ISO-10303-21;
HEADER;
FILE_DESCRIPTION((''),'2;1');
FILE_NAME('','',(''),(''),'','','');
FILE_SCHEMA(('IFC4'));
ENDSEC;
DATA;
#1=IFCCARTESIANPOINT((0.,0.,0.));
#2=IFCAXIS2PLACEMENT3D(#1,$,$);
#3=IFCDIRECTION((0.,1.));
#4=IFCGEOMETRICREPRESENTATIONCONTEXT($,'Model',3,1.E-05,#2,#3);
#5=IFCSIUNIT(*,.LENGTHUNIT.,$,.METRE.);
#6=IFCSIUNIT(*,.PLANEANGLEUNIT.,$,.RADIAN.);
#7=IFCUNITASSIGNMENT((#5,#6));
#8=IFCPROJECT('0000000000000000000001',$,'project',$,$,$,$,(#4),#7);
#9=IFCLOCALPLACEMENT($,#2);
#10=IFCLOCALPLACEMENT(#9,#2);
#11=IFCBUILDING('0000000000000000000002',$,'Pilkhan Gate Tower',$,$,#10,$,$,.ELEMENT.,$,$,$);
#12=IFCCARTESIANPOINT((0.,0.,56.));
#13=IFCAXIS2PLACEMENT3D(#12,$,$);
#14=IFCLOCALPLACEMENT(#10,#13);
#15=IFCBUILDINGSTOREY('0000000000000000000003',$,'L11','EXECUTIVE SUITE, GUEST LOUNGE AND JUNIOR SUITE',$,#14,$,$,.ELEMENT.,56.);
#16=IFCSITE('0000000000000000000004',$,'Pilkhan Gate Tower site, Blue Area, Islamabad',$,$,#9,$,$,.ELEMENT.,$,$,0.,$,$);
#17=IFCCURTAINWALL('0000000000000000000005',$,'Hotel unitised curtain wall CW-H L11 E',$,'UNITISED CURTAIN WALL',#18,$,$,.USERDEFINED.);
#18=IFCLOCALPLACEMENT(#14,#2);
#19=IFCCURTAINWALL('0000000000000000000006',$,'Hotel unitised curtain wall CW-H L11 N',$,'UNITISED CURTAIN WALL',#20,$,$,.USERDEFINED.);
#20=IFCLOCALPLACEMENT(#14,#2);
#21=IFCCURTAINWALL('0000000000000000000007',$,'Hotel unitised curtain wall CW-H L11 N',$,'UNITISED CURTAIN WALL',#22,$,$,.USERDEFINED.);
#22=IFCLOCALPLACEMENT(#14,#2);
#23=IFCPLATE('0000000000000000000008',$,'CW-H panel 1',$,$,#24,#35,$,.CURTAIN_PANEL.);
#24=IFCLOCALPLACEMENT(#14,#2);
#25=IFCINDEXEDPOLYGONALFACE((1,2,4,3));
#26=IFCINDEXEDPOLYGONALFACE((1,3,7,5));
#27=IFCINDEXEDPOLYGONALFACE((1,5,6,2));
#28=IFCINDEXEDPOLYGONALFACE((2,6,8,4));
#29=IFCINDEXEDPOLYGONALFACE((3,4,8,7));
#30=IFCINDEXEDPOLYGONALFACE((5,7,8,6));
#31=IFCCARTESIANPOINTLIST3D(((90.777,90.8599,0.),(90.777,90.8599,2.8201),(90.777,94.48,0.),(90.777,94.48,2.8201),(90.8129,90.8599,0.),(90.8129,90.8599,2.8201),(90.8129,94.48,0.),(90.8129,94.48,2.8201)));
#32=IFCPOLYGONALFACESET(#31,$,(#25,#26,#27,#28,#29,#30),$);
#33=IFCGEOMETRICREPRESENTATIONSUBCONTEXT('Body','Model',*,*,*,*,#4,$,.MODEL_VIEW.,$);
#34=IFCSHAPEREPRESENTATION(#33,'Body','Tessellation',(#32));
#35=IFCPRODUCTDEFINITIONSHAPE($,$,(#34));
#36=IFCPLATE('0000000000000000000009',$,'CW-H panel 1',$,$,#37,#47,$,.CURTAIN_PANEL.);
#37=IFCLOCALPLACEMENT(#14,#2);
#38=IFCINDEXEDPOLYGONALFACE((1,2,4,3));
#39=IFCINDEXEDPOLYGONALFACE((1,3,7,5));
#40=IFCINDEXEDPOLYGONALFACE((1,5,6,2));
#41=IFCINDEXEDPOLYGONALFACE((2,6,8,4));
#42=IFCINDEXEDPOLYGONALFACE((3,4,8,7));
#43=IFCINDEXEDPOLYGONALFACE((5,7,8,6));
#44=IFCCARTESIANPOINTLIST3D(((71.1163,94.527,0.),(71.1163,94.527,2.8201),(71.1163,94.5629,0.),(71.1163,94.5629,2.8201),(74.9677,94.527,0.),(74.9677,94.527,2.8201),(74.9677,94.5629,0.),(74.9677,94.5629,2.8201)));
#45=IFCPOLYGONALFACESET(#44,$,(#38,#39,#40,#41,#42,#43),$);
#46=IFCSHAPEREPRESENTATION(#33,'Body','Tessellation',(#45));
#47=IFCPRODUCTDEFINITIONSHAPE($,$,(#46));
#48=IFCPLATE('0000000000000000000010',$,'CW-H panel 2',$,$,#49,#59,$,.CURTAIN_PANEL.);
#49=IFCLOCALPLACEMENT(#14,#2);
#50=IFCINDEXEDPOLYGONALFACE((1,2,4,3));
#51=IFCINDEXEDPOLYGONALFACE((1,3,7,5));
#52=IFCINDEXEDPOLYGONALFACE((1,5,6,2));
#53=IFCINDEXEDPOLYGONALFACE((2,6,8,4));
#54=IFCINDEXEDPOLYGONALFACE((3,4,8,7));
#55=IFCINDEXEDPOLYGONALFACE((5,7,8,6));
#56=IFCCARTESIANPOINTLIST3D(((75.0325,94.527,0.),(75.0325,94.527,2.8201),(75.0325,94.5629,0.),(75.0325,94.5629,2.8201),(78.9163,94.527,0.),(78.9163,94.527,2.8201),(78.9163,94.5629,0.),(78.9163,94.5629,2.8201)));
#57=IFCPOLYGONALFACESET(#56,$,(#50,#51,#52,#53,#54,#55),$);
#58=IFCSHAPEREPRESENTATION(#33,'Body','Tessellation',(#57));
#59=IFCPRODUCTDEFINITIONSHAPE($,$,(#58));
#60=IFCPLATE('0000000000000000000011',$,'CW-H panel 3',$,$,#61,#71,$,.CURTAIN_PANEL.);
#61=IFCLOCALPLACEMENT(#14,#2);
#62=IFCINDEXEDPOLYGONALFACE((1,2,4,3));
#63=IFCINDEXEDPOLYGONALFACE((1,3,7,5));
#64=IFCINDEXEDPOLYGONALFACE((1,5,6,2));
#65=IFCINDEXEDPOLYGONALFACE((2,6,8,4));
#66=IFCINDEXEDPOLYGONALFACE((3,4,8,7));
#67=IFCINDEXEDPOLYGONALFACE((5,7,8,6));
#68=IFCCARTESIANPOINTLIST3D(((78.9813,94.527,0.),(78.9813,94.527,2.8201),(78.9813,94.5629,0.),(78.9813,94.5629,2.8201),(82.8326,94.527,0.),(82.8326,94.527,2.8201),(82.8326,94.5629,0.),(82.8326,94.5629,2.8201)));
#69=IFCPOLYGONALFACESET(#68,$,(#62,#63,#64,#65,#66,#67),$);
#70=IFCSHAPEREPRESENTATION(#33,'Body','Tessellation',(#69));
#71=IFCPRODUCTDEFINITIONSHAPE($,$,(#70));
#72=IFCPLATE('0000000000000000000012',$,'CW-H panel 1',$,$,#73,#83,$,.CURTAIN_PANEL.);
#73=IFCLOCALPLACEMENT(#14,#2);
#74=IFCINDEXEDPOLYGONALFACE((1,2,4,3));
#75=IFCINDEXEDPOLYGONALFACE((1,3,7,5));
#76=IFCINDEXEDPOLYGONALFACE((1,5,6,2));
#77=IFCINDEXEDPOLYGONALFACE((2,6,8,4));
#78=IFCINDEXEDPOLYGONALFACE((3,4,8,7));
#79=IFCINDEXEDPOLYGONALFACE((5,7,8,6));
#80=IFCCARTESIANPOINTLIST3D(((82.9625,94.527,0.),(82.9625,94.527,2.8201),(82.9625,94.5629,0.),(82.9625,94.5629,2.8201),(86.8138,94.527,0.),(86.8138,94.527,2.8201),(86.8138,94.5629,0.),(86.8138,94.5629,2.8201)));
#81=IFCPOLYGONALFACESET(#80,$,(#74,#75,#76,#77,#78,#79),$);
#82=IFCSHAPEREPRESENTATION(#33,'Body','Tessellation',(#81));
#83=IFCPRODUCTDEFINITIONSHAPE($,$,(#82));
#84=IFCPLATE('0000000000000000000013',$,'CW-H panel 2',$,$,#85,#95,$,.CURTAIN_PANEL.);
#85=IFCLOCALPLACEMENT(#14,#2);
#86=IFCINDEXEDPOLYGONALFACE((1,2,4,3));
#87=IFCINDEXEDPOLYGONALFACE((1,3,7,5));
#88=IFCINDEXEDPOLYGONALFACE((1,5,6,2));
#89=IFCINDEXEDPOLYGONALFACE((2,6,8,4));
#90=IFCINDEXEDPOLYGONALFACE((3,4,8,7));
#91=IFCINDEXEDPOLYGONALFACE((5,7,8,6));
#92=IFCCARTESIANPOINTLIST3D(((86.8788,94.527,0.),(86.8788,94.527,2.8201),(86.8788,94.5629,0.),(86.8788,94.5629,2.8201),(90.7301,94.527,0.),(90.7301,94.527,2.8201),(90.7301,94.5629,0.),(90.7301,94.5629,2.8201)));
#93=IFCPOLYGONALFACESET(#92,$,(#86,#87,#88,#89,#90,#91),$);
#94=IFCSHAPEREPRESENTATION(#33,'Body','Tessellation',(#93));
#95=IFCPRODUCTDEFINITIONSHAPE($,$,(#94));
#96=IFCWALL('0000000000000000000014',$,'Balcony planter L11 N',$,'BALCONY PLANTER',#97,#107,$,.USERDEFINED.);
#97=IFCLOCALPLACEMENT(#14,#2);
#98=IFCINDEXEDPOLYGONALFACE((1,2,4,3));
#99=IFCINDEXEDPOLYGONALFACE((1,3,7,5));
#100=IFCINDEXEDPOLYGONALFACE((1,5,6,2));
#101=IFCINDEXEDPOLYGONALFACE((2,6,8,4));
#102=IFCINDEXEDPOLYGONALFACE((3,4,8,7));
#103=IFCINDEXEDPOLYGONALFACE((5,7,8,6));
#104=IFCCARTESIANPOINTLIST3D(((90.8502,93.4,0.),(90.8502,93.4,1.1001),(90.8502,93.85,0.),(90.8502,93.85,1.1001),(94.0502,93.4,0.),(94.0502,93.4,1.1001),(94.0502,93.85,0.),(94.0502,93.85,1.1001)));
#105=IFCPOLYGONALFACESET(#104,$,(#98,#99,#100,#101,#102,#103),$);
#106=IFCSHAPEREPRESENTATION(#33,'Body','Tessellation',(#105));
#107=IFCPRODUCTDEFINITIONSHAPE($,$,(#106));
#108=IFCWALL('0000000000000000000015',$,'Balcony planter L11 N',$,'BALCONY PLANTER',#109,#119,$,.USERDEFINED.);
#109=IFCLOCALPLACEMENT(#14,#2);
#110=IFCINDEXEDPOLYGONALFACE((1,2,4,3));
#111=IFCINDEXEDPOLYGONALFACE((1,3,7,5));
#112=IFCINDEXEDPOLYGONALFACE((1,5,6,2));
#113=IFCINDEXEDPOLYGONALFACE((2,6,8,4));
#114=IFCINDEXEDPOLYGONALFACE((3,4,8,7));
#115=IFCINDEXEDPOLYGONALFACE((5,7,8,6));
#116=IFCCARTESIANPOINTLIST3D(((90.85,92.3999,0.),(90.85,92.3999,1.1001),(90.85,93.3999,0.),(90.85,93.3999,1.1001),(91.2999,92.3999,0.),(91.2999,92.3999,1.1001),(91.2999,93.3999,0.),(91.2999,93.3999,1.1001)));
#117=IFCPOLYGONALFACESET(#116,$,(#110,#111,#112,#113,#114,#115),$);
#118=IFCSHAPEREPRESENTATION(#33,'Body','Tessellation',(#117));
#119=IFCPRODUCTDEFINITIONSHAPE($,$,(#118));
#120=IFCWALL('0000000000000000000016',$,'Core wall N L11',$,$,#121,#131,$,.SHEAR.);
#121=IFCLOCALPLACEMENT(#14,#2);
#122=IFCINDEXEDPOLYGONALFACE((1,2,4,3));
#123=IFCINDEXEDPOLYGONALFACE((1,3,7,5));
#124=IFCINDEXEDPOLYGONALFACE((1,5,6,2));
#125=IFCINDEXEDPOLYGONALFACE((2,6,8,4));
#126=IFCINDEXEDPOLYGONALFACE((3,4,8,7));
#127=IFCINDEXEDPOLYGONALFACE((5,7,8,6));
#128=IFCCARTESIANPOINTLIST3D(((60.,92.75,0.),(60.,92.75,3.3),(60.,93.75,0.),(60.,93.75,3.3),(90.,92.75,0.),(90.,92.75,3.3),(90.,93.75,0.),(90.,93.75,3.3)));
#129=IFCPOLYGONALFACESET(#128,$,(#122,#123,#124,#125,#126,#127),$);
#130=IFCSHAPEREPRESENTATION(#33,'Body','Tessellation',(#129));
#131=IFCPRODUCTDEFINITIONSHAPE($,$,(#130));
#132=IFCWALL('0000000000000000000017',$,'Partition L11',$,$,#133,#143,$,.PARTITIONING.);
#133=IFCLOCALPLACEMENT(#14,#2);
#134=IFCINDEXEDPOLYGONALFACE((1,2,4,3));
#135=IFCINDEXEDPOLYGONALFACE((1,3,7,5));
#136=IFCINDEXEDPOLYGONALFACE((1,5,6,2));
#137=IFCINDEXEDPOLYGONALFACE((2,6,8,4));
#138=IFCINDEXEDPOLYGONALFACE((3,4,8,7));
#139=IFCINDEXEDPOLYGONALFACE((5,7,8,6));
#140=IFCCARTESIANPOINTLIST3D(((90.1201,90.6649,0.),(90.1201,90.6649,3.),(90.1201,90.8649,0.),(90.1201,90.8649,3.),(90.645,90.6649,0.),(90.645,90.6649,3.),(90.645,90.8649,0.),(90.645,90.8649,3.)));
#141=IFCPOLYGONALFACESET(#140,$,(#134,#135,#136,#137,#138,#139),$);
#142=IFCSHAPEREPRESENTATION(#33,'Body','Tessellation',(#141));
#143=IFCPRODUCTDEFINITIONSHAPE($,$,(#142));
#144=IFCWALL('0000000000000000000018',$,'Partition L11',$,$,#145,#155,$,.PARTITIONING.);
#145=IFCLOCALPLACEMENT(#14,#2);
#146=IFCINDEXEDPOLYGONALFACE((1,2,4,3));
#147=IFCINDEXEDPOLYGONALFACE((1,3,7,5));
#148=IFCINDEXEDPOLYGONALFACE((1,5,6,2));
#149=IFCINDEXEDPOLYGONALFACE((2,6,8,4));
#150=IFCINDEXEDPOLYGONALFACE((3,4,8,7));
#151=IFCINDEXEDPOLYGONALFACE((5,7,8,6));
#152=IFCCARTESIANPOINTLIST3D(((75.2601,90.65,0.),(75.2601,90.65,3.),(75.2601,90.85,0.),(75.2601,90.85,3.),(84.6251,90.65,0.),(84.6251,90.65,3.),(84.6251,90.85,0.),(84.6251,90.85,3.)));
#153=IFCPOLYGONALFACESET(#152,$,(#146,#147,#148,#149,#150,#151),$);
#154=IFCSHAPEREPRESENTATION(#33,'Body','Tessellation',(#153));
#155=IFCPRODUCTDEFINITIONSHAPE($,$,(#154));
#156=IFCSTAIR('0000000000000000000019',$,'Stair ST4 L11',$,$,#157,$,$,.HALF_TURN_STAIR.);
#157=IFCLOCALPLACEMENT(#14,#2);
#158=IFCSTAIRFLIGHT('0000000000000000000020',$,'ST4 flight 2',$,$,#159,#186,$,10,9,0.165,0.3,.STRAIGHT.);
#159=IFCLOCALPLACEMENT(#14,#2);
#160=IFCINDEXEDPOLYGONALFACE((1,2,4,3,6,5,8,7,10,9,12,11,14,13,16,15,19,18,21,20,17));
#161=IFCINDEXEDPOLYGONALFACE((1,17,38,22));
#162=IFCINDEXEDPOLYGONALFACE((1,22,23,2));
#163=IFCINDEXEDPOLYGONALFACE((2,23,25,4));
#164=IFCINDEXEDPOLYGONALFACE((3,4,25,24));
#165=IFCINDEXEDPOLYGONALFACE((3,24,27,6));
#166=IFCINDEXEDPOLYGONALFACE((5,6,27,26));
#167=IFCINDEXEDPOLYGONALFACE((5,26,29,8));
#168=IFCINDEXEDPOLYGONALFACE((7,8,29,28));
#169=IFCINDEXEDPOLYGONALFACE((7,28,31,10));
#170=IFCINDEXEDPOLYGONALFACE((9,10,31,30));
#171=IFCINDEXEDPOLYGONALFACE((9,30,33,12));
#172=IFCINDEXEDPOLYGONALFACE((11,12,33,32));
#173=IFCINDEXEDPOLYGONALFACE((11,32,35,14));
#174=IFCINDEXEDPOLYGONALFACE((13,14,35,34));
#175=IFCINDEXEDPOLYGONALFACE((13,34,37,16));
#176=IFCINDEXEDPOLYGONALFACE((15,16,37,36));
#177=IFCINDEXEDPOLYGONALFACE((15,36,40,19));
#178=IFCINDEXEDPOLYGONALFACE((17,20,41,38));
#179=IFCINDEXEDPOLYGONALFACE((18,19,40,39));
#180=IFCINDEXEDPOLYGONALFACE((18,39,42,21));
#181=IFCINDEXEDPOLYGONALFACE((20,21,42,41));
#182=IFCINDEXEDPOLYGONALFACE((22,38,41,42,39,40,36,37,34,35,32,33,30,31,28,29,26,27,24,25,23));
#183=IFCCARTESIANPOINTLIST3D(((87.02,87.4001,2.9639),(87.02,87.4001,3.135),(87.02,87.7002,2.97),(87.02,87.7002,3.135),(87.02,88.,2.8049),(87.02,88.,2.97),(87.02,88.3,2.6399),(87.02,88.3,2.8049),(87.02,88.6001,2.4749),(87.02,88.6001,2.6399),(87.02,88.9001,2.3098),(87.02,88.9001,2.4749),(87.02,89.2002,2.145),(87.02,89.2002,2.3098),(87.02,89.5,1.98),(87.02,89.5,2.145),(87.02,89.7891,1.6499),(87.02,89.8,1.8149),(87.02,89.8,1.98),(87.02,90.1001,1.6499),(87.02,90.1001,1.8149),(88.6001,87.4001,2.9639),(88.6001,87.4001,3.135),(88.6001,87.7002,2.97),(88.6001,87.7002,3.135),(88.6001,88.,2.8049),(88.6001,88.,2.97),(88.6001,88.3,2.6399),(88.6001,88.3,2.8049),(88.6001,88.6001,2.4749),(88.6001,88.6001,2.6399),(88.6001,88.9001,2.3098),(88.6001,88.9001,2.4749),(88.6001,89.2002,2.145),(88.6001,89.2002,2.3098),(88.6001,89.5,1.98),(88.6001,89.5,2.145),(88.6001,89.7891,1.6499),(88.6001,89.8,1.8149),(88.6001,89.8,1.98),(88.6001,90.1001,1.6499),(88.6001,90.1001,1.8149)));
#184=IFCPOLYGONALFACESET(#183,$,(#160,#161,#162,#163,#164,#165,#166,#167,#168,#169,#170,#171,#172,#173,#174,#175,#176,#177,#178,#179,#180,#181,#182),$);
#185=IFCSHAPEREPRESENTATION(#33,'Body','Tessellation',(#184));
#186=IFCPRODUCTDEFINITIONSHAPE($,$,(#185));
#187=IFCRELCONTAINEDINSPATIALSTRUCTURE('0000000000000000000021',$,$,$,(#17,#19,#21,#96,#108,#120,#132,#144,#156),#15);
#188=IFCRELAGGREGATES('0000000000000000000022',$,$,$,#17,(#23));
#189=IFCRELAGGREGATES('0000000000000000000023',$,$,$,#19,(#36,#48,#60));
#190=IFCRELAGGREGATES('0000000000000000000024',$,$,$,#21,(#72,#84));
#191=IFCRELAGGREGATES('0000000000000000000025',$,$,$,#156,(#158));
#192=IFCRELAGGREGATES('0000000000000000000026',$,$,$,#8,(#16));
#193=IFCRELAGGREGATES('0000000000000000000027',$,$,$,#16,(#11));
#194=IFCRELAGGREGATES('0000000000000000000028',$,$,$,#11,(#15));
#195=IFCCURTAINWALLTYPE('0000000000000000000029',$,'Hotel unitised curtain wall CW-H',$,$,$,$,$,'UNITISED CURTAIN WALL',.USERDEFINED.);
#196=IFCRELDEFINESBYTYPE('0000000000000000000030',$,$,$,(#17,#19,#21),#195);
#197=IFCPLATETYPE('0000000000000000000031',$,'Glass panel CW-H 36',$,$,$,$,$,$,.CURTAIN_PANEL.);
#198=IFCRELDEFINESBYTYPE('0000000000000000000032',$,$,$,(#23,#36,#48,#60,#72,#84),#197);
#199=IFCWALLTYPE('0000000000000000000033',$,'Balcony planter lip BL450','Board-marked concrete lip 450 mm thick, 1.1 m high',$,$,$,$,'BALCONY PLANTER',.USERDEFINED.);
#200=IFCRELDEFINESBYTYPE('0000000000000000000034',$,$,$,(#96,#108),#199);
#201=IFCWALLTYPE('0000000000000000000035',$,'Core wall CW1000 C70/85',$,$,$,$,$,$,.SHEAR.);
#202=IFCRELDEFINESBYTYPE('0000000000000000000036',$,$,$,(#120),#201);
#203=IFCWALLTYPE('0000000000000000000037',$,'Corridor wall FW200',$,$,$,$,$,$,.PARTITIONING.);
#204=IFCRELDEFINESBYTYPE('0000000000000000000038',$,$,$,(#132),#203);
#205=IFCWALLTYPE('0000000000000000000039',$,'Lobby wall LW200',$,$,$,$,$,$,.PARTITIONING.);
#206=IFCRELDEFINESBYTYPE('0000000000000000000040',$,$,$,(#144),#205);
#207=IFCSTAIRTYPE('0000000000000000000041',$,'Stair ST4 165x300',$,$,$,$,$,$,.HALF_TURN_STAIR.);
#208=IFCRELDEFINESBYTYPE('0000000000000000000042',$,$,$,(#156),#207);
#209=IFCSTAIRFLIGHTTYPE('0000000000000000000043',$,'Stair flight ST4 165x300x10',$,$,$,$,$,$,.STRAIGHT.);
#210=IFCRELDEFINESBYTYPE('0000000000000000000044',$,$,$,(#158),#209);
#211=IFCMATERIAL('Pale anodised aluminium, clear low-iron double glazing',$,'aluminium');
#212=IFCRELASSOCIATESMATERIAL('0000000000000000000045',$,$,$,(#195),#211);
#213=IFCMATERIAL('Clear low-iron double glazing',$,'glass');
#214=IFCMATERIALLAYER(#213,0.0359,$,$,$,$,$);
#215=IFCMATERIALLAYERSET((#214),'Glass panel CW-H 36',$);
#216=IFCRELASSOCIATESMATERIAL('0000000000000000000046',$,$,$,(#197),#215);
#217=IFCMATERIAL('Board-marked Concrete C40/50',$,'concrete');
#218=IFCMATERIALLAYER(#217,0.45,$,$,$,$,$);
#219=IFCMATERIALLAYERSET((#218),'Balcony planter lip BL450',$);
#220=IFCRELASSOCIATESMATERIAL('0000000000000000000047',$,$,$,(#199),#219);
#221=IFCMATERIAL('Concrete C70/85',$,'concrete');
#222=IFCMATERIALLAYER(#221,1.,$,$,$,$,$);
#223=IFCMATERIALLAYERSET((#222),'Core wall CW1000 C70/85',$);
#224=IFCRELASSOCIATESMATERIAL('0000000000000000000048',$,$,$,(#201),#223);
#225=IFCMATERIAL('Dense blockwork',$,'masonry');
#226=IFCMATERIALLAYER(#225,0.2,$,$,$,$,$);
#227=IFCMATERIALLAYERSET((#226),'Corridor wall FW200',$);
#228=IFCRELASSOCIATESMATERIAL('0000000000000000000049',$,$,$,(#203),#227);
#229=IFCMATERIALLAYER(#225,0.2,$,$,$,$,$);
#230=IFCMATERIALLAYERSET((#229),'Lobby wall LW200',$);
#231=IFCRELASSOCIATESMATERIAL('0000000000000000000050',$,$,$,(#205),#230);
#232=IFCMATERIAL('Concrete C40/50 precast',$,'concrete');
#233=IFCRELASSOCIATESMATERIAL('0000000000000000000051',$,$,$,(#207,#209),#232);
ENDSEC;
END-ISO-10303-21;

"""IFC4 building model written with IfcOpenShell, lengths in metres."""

from ifc_helpers import new_model, si_unit, direction, frame, frame_2d, origin, origin_2d, place, context, subcontext, project, spatial, polyline, rectangle, outline, extrude, material, layer, layer_set, type_object, element, aggregate, save


model = new_model("IFC4")

# Units and contexts
model_context = context("Model", 3, precision=1e-05, world=origin(), true_north=direction((0.0, 1.0)))
body_context = subcontext(model_context, "Body", "Model", "MODEL_VIEW")
ifc_project = project(units=[si_unit("LENGTHUNIT", "METRE"), si_unit("PLANEANGLEUNIT", "RADIAN")], contexts=[model_context])

# Site, building, storey
site_placement = place(None, origin())
site = spatial("IfcSite", under=ifc_project, at=site_placement, Name="Pilkhan Gate Tower site, Blue Area, Islamabad", CompositionType="ELEMENT", RefElevation=0.0)
building_placement = place(site_placement, origin())
building = spatial("IfcBuilding", under=site, at=building_placement, Name="Pilkhan Gate Tower", CompositionType="ELEMENT")
storey_placement = place(building_placement, frame((0.0, 0.0, 56.0)))
storey = spatial("IfcBuildingStorey", under=building, at=storey_placement, Name="L11", Description="EXECUTIVE SUITE, GUEST LOUNGE AND JUNIOR SUITE", CompositionType="ELEMENT", Elevation=56.0)

# Curtain walls
ifc_material_1 = material(Name="Pale anodised aluminium, clear low-iron double glazing", Category="aluminium")
curtain_wall_type = type_object("IfcCurtainWallType", Name="Hotel unitised curtain wall CW-H", ElementType="UNITISED CURTAIN WALL", PredefinedType="USERDEFINED", material=ifc_material_1)
curtain_wall_1_placement = place(storey_placement, origin())
curtain_wall_1 = element("IfcCurtainWall", 1, at=curtain_wall_1_placement, inside=storey, type_object=curtain_wall_type, Name="Hotel unitised curtain wall CW-H L11 E", ObjectType="UNITISED CURTAIN WALL", PredefinedType="USERDEFINED")
curtain_wall_2_placement = place(storey_placement, origin())
curtain_wall_2 = element("IfcCurtainWall", 2, at=curtain_wall_2_placement, inside=storey, type_object=curtain_wall_type, Name="Hotel unitised curtain wall CW-H L11 N", ObjectType="UNITISED CURTAIN WALL", PredefinedType="USERDEFINED")
curtain_wall_3_placement = place(storey_placement, origin())
curtain_wall_3 = element("IfcCurtainWall", 3, at=curtain_wall_3_placement, inside=storey, type_object=curtain_wall_type, Name="Hotel unitised curtain wall CW-H L11 N", ObjectType="UNITISED CURTAIN WALL", PredefinedType="USERDEFINED")

# Plates
ifc_material_2 = material(Name="Clear low-iron double glazing", Category="glass")
ifc_layer_1 = layer(ifc_material_2, 0.0359)
ifc_layer_set_1 = layer_set([ifc_layer_1], Name="Glass panel CW-H 36")
plate_type = type_object("IfcPlateType", Name="Glass panel CW-H 36", PredefinedType="CURTAIN_PANEL", material=ifc_layer_set_1)
plate_1_placement = place(storey_placement, frame((90.7949, 92.6699, 0.0), z_axis=(0.0, 0.0, 1.0), x_axis=(0.0, 1.0, 0.0)))
plate_1 = element("IfcPlate", 4, at=plate_1_placement, type_object=plate_type, Name="CW-H panel 1", PredefinedType="CURTAIN_PANEL", context=body_context, shape_type="SweptSolid", body=[
    extrude(rectangle(XDim=3.6201, YDim=0.0359, at=origin_2d()), origin(), (0.0, 0.0, 1.0), 2.8201),
])
aggregate(curtain_wall_1, [plate_1])
plate_2_placement = place(storey_placement, frame((73.042, 94.5449, 0.0), z_axis=(0.0, 0.0, 1.0), x_axis=(1.0, 0.0, 0.0)))
plate_2 = element("IfcPlate", 5, at=plate_2_placement, type_object=plate_type, Name="CW-H panel 1", PredefinedType="CURTAIN_PANEL", context=body_context, shape_type="SweptSolid", body=[
    extrude(rectangle(XDim=3.8513, YDim=0.0359, at=origin_2d()), origin(), (0.0, 0.0, 1.0), 2.8201),
])
plate_3_placement = place(storey_placement, frame((76.9744, 94.5449, 0.0), z_axis=(0.0, 0.0, 1.0), x_axis=(1.0, 0.0, 0.0)))
plate_3 = element("IfcPlate", 6, at=plate_3_placement, type_object=plate_type, Name="CW-H panel 2", PredefinedType="CURTAIN_PANEL", context=body_context, shape_type="SweptSolid", body=[
    extrude(rectangle(XDim=3.8838, YDim=0.0359, at=origin_2d()), origin(), (0.0, 0.0, 1.0), 2.8201),
])
plate_4_placement = place(storey_placement, frame((80.907, 94.5449, 0.0), z_axis=(0.0, 0.0, 1.0), x_axis=(1.0, 0.0, 0.0)))
plate_4 = element("IfcPlate", 7, at=plate_4_placement, type_object=plate_type, Name="CW-H panel 3", PredefinedType="CURTAIN_PANEL", context=body_context, shape_type="SweptSolid", body=[
    extrude(rectangle(XDim=3.8513, YDim=0.0359, at=origin_2d()), origin(), (0.0, 0.0, 1.0), 2.8201),
])
aggregate(curtain_wall_2, [plate_2, plate_3, plate_4])
plate_5_placement = place(storey_placement, frame((84.8882, 94.5449, 0.0), z_axis=(0.0, 0.0, 1.0), x_axis=(1.0, 0.0, 0.0)))
plate_5 = element("IfcPlate", 8, at=plate_5_placement, type_object=plate_type, Name="CW-H panel 1", PredefinedType="CURTAIN_PANEL", context=body_context, shape_type="SweptSolid", body=[
    extrude(rectangle(XDim=3.8513, YDim=0.0359, at=origin_2d()), origin(), (0.0, 0.0, 1.0), 2.8201),
])
plate_6_placement = place(storey_placement, frame((88.8044, 94.5449, 0.0), z_axis=(0.0, 0.0, 1.0), x_axis=(1.0, 0.0, 0.0)))
plate_6 = element("IfcPlate", 9, at=plate_6_placement, type_object=plate_type, Name="CW-H panel 2", PredefinedType="CURTAIN_PANEL", context=body_context, shape_type="SweptSolid", body=[
    extrude(rectangle(XDim=3.8513, YDim=0.0359, at=origin_2d()), origin(), (0.0, 0.0, 1.0), 2.8201),
])
aggregate(curtain_wall_3, [plate_5, plate_6])

# Walls
ifc_material_3 = material(Name="Board-marked Concrete C40/50", Category="concrete")
ifc_layer_2 = layer(ifc_material_3, 0.45)
ifc_layer_set_2 = layer_set([ifc_layer_2], Name="Balcony planter lip BL450")
wall_type_1 = type_object("IfcWallType", Name="Balcony planter lip BL450", Description="Board-marked concrete lip 450 mm thick, 1.1 m high", ElementType="BALCONY PLANTER", PredefinedType="USERDEFINED", material=ifc_layer_set_2)
wall_1_placement = place(storey_placement, frame((90.8501, 93.625, 0.0), z_axis=(0.0, 0.0, 1.0), x_axis=(1.0, 0.0, 0.0)))
element("IfcWall", 10, at=wall_1_placement, inside=storey, type_object=wall_type_1, Name="Balcony planter L11 N", ObjectType="BALCONY PLANTER", PredefinedType="USERDEFINED", context=body_context, shape_type="SweptSolid", body=[
    extrude(rectangle(XDim=3.2, YDim=0.45, at=frame_2d((1.6001, 0.0))), origin(), (0.0, 0.0, 1.0), 1.1001),
])
wall_2_placement = place(storey_placement, frame((91.075, 92.3999, 0.0), z_axis=(0.0, 0.0, 1.0), x_axis=(0.0, 1.0, 0.0)))
element("IfcWall", 11, at=wall_2_placement, inside=storey, type_object=wall_type_1, Name="Balcony planter L11 N", ObjectType="BALCONY PLANTER", PredefinedType="USERDEFINED", context=body_context, shape_type="SweptSolid", body=[
    extrude(rectangle(XDim=1.0, YDim=0.45, at=frame_2d((0.5, 0.0))), origin(), (0.0, 0.0, 1.0), 1.1001),
])
ifc_material_4 = material(Name="Concrete C70/85", Category="concrete")
ifc_layer_3 = layer(ifc_material_4, 1.0)
ifc_layer_set_3 = layer_set([ifc_layer_3], Name="Core wall CW1000 C70/85")
wall_type_2 = type_object("IfcWallType", Name="Core wall CW1000 C70/85", PredefinedType="SHEAR", material=ifc_layer_set_3)
wall_3_placement = place(storey_placement, frame((90.0, 93.25, 0.0), z_axis=(0.0, 0.0, 1.0), x_axis=(-1.0, 0.0, 0.0)))
element("IfcWall", 12, at=wall_3_placement, inside=storey, type_object=wall_type_2, Name="Core wall N L11", PredefinedType="SHEAR", context=body_context, shape_type="SweptSolid", body=[
    extrude(rectangle(XDim=30.0, YDim=1.0, at=frame_2d((15.0, 0.0))), origin(), (0.0, 0.0, 1.0), 3.3),
])
ifc_material_5 = material(Name="Dense blockwork", Category="masonry")
ifc_layer_4 = layer(ifc_material_5, 0.2)
ifc_layer_set_4 = layer_set([ifc_layer_4], Name="Corridor wall FW200")
wall_type_3 = type_object("IfcWallType", Name="Corridor wall FW200", PredefinedType="PARTITIONING", material=ifc_layer_set_4)
wall_4_placement = place(storey_placement, frame((90.1201, 90.7649, 0.0), z_axis=(0.0, 0.0, 1.0), x_axis=(1.0, 0.0, 0.0)))
element("IfcWall", 13, at=wall_4_placement, inside=storey, type_object=wall_type_3, Name="Partition L11", PredefinedType="PARTITIONING", context=body_context, shape_type="SweptSolid", body=[
    extrude(rectangle(XDim=0.5249, YDim=0.2, at=frame_2d((0.2625, 0.0))), origin(), (0.0, 0.0, 1.0), 3.0),
])

# Wall
ifc_layer_5 = layer(ifc_material_5, 0.2)
ifc_layer_set_5 = layer_set([ifc_layer_5], Name="Lobby wall LW200")
wall_type_4 = type_object("IfcWallType", Name="Lobby wall LW200", PredefinedType="PARTITIONING", material=ifc_layer_set_5)
wall_5_placement = place(storey_placement, frame((75.26, 90.75, 0.0), z_axis=(0.0, 0.0, 1.0), x_axis=(1.0, 0.0, 0.0)))
element("IfcWall", 14, at=wall_5_placement, inside=storey, type_object=wall_type_4, Name="Partition L11", PredefinedType="PARTITIONING", context=body_context, shape_type="SweptSolid", body=[
    extrude(rectangle(XDim=9.365, YDim=0.2, at=frame_2d((4.6826, 0.0))), origin(), (0.0, 0.0, 1.0), 3.0),
])

# Stair, stair flight
ifc_material_6 = material(Name="Concrete C40/50 precast", Category="concrete")
stair_type = type_object("IfcStairType", Name="Stair ST4 165x300", PredefinedType="HALF_TURN_STAIR", material=ifc_material_6)
stair_placement = place(storey_placement, origin())
stair = element("IfcStair", 15, at=stair_placement, inside=storey, type_object=stair_type, Name="Stair ST4 L11", PredefinedType="HALF_TURN_STAIR")
stair_flight_type = type_object("IfcStairFlightType", Name="Stair flight ST4 165x300x10", PredefinedType="STRAIGHT", material=ifc_material_6)
stair_flight_placement = place(storey_placement, frame((87.8101, 90.1001, 1.6499), z_axis=(0.0, 0.0, 1.0), x_axis=(0.0, -1.0, 0.0)))
stair_flight = element("IfcStairFlight", 16, at=stair_flight_placement, type_object=stair_flight_type, Name="ST4 flight 2", NumberOfRisers=10, NumberOfTreads=9, PredefinedType="STRAIGHT", RiserHeight=0.165, TreadLength=0.3, context=body_context, shape_type="SweptSolid", body=[
    extrude(outline(polyline([(0.0, 0.0), (0.0, 0.165), (0.3, 0.165), (0.3, 0.3301), (0.6001, 0.3301), (0.6001, 0.4951), (0.8999, 0.4951), (0.8999, 0.6599), (1.2, 0.6599), (1.2, 0.825), (1.5, 0.825), (1.5, 0.99), (1.8, 0.99), (1.8, 1.155), (2.1001, 1.155), (2.1001, 1.3201), (2.3999, 1.3201), (2.3999, 1.4851), (2.7, 1.4851), (2.7, 1.6499), (2.7, 1.314), (0.311, 0.0), (0.0, 0.0)])), frame((0.0, 0.79, 0.0), z_axis=(0.0, -1.0, 0.0), x_axis=(1.0, 0.0, 0.0)), (0.0, 0.0, 1.0), 1.5801),
])
aggregate(stair, [stair_flight])

save(model, "model.ifc")
